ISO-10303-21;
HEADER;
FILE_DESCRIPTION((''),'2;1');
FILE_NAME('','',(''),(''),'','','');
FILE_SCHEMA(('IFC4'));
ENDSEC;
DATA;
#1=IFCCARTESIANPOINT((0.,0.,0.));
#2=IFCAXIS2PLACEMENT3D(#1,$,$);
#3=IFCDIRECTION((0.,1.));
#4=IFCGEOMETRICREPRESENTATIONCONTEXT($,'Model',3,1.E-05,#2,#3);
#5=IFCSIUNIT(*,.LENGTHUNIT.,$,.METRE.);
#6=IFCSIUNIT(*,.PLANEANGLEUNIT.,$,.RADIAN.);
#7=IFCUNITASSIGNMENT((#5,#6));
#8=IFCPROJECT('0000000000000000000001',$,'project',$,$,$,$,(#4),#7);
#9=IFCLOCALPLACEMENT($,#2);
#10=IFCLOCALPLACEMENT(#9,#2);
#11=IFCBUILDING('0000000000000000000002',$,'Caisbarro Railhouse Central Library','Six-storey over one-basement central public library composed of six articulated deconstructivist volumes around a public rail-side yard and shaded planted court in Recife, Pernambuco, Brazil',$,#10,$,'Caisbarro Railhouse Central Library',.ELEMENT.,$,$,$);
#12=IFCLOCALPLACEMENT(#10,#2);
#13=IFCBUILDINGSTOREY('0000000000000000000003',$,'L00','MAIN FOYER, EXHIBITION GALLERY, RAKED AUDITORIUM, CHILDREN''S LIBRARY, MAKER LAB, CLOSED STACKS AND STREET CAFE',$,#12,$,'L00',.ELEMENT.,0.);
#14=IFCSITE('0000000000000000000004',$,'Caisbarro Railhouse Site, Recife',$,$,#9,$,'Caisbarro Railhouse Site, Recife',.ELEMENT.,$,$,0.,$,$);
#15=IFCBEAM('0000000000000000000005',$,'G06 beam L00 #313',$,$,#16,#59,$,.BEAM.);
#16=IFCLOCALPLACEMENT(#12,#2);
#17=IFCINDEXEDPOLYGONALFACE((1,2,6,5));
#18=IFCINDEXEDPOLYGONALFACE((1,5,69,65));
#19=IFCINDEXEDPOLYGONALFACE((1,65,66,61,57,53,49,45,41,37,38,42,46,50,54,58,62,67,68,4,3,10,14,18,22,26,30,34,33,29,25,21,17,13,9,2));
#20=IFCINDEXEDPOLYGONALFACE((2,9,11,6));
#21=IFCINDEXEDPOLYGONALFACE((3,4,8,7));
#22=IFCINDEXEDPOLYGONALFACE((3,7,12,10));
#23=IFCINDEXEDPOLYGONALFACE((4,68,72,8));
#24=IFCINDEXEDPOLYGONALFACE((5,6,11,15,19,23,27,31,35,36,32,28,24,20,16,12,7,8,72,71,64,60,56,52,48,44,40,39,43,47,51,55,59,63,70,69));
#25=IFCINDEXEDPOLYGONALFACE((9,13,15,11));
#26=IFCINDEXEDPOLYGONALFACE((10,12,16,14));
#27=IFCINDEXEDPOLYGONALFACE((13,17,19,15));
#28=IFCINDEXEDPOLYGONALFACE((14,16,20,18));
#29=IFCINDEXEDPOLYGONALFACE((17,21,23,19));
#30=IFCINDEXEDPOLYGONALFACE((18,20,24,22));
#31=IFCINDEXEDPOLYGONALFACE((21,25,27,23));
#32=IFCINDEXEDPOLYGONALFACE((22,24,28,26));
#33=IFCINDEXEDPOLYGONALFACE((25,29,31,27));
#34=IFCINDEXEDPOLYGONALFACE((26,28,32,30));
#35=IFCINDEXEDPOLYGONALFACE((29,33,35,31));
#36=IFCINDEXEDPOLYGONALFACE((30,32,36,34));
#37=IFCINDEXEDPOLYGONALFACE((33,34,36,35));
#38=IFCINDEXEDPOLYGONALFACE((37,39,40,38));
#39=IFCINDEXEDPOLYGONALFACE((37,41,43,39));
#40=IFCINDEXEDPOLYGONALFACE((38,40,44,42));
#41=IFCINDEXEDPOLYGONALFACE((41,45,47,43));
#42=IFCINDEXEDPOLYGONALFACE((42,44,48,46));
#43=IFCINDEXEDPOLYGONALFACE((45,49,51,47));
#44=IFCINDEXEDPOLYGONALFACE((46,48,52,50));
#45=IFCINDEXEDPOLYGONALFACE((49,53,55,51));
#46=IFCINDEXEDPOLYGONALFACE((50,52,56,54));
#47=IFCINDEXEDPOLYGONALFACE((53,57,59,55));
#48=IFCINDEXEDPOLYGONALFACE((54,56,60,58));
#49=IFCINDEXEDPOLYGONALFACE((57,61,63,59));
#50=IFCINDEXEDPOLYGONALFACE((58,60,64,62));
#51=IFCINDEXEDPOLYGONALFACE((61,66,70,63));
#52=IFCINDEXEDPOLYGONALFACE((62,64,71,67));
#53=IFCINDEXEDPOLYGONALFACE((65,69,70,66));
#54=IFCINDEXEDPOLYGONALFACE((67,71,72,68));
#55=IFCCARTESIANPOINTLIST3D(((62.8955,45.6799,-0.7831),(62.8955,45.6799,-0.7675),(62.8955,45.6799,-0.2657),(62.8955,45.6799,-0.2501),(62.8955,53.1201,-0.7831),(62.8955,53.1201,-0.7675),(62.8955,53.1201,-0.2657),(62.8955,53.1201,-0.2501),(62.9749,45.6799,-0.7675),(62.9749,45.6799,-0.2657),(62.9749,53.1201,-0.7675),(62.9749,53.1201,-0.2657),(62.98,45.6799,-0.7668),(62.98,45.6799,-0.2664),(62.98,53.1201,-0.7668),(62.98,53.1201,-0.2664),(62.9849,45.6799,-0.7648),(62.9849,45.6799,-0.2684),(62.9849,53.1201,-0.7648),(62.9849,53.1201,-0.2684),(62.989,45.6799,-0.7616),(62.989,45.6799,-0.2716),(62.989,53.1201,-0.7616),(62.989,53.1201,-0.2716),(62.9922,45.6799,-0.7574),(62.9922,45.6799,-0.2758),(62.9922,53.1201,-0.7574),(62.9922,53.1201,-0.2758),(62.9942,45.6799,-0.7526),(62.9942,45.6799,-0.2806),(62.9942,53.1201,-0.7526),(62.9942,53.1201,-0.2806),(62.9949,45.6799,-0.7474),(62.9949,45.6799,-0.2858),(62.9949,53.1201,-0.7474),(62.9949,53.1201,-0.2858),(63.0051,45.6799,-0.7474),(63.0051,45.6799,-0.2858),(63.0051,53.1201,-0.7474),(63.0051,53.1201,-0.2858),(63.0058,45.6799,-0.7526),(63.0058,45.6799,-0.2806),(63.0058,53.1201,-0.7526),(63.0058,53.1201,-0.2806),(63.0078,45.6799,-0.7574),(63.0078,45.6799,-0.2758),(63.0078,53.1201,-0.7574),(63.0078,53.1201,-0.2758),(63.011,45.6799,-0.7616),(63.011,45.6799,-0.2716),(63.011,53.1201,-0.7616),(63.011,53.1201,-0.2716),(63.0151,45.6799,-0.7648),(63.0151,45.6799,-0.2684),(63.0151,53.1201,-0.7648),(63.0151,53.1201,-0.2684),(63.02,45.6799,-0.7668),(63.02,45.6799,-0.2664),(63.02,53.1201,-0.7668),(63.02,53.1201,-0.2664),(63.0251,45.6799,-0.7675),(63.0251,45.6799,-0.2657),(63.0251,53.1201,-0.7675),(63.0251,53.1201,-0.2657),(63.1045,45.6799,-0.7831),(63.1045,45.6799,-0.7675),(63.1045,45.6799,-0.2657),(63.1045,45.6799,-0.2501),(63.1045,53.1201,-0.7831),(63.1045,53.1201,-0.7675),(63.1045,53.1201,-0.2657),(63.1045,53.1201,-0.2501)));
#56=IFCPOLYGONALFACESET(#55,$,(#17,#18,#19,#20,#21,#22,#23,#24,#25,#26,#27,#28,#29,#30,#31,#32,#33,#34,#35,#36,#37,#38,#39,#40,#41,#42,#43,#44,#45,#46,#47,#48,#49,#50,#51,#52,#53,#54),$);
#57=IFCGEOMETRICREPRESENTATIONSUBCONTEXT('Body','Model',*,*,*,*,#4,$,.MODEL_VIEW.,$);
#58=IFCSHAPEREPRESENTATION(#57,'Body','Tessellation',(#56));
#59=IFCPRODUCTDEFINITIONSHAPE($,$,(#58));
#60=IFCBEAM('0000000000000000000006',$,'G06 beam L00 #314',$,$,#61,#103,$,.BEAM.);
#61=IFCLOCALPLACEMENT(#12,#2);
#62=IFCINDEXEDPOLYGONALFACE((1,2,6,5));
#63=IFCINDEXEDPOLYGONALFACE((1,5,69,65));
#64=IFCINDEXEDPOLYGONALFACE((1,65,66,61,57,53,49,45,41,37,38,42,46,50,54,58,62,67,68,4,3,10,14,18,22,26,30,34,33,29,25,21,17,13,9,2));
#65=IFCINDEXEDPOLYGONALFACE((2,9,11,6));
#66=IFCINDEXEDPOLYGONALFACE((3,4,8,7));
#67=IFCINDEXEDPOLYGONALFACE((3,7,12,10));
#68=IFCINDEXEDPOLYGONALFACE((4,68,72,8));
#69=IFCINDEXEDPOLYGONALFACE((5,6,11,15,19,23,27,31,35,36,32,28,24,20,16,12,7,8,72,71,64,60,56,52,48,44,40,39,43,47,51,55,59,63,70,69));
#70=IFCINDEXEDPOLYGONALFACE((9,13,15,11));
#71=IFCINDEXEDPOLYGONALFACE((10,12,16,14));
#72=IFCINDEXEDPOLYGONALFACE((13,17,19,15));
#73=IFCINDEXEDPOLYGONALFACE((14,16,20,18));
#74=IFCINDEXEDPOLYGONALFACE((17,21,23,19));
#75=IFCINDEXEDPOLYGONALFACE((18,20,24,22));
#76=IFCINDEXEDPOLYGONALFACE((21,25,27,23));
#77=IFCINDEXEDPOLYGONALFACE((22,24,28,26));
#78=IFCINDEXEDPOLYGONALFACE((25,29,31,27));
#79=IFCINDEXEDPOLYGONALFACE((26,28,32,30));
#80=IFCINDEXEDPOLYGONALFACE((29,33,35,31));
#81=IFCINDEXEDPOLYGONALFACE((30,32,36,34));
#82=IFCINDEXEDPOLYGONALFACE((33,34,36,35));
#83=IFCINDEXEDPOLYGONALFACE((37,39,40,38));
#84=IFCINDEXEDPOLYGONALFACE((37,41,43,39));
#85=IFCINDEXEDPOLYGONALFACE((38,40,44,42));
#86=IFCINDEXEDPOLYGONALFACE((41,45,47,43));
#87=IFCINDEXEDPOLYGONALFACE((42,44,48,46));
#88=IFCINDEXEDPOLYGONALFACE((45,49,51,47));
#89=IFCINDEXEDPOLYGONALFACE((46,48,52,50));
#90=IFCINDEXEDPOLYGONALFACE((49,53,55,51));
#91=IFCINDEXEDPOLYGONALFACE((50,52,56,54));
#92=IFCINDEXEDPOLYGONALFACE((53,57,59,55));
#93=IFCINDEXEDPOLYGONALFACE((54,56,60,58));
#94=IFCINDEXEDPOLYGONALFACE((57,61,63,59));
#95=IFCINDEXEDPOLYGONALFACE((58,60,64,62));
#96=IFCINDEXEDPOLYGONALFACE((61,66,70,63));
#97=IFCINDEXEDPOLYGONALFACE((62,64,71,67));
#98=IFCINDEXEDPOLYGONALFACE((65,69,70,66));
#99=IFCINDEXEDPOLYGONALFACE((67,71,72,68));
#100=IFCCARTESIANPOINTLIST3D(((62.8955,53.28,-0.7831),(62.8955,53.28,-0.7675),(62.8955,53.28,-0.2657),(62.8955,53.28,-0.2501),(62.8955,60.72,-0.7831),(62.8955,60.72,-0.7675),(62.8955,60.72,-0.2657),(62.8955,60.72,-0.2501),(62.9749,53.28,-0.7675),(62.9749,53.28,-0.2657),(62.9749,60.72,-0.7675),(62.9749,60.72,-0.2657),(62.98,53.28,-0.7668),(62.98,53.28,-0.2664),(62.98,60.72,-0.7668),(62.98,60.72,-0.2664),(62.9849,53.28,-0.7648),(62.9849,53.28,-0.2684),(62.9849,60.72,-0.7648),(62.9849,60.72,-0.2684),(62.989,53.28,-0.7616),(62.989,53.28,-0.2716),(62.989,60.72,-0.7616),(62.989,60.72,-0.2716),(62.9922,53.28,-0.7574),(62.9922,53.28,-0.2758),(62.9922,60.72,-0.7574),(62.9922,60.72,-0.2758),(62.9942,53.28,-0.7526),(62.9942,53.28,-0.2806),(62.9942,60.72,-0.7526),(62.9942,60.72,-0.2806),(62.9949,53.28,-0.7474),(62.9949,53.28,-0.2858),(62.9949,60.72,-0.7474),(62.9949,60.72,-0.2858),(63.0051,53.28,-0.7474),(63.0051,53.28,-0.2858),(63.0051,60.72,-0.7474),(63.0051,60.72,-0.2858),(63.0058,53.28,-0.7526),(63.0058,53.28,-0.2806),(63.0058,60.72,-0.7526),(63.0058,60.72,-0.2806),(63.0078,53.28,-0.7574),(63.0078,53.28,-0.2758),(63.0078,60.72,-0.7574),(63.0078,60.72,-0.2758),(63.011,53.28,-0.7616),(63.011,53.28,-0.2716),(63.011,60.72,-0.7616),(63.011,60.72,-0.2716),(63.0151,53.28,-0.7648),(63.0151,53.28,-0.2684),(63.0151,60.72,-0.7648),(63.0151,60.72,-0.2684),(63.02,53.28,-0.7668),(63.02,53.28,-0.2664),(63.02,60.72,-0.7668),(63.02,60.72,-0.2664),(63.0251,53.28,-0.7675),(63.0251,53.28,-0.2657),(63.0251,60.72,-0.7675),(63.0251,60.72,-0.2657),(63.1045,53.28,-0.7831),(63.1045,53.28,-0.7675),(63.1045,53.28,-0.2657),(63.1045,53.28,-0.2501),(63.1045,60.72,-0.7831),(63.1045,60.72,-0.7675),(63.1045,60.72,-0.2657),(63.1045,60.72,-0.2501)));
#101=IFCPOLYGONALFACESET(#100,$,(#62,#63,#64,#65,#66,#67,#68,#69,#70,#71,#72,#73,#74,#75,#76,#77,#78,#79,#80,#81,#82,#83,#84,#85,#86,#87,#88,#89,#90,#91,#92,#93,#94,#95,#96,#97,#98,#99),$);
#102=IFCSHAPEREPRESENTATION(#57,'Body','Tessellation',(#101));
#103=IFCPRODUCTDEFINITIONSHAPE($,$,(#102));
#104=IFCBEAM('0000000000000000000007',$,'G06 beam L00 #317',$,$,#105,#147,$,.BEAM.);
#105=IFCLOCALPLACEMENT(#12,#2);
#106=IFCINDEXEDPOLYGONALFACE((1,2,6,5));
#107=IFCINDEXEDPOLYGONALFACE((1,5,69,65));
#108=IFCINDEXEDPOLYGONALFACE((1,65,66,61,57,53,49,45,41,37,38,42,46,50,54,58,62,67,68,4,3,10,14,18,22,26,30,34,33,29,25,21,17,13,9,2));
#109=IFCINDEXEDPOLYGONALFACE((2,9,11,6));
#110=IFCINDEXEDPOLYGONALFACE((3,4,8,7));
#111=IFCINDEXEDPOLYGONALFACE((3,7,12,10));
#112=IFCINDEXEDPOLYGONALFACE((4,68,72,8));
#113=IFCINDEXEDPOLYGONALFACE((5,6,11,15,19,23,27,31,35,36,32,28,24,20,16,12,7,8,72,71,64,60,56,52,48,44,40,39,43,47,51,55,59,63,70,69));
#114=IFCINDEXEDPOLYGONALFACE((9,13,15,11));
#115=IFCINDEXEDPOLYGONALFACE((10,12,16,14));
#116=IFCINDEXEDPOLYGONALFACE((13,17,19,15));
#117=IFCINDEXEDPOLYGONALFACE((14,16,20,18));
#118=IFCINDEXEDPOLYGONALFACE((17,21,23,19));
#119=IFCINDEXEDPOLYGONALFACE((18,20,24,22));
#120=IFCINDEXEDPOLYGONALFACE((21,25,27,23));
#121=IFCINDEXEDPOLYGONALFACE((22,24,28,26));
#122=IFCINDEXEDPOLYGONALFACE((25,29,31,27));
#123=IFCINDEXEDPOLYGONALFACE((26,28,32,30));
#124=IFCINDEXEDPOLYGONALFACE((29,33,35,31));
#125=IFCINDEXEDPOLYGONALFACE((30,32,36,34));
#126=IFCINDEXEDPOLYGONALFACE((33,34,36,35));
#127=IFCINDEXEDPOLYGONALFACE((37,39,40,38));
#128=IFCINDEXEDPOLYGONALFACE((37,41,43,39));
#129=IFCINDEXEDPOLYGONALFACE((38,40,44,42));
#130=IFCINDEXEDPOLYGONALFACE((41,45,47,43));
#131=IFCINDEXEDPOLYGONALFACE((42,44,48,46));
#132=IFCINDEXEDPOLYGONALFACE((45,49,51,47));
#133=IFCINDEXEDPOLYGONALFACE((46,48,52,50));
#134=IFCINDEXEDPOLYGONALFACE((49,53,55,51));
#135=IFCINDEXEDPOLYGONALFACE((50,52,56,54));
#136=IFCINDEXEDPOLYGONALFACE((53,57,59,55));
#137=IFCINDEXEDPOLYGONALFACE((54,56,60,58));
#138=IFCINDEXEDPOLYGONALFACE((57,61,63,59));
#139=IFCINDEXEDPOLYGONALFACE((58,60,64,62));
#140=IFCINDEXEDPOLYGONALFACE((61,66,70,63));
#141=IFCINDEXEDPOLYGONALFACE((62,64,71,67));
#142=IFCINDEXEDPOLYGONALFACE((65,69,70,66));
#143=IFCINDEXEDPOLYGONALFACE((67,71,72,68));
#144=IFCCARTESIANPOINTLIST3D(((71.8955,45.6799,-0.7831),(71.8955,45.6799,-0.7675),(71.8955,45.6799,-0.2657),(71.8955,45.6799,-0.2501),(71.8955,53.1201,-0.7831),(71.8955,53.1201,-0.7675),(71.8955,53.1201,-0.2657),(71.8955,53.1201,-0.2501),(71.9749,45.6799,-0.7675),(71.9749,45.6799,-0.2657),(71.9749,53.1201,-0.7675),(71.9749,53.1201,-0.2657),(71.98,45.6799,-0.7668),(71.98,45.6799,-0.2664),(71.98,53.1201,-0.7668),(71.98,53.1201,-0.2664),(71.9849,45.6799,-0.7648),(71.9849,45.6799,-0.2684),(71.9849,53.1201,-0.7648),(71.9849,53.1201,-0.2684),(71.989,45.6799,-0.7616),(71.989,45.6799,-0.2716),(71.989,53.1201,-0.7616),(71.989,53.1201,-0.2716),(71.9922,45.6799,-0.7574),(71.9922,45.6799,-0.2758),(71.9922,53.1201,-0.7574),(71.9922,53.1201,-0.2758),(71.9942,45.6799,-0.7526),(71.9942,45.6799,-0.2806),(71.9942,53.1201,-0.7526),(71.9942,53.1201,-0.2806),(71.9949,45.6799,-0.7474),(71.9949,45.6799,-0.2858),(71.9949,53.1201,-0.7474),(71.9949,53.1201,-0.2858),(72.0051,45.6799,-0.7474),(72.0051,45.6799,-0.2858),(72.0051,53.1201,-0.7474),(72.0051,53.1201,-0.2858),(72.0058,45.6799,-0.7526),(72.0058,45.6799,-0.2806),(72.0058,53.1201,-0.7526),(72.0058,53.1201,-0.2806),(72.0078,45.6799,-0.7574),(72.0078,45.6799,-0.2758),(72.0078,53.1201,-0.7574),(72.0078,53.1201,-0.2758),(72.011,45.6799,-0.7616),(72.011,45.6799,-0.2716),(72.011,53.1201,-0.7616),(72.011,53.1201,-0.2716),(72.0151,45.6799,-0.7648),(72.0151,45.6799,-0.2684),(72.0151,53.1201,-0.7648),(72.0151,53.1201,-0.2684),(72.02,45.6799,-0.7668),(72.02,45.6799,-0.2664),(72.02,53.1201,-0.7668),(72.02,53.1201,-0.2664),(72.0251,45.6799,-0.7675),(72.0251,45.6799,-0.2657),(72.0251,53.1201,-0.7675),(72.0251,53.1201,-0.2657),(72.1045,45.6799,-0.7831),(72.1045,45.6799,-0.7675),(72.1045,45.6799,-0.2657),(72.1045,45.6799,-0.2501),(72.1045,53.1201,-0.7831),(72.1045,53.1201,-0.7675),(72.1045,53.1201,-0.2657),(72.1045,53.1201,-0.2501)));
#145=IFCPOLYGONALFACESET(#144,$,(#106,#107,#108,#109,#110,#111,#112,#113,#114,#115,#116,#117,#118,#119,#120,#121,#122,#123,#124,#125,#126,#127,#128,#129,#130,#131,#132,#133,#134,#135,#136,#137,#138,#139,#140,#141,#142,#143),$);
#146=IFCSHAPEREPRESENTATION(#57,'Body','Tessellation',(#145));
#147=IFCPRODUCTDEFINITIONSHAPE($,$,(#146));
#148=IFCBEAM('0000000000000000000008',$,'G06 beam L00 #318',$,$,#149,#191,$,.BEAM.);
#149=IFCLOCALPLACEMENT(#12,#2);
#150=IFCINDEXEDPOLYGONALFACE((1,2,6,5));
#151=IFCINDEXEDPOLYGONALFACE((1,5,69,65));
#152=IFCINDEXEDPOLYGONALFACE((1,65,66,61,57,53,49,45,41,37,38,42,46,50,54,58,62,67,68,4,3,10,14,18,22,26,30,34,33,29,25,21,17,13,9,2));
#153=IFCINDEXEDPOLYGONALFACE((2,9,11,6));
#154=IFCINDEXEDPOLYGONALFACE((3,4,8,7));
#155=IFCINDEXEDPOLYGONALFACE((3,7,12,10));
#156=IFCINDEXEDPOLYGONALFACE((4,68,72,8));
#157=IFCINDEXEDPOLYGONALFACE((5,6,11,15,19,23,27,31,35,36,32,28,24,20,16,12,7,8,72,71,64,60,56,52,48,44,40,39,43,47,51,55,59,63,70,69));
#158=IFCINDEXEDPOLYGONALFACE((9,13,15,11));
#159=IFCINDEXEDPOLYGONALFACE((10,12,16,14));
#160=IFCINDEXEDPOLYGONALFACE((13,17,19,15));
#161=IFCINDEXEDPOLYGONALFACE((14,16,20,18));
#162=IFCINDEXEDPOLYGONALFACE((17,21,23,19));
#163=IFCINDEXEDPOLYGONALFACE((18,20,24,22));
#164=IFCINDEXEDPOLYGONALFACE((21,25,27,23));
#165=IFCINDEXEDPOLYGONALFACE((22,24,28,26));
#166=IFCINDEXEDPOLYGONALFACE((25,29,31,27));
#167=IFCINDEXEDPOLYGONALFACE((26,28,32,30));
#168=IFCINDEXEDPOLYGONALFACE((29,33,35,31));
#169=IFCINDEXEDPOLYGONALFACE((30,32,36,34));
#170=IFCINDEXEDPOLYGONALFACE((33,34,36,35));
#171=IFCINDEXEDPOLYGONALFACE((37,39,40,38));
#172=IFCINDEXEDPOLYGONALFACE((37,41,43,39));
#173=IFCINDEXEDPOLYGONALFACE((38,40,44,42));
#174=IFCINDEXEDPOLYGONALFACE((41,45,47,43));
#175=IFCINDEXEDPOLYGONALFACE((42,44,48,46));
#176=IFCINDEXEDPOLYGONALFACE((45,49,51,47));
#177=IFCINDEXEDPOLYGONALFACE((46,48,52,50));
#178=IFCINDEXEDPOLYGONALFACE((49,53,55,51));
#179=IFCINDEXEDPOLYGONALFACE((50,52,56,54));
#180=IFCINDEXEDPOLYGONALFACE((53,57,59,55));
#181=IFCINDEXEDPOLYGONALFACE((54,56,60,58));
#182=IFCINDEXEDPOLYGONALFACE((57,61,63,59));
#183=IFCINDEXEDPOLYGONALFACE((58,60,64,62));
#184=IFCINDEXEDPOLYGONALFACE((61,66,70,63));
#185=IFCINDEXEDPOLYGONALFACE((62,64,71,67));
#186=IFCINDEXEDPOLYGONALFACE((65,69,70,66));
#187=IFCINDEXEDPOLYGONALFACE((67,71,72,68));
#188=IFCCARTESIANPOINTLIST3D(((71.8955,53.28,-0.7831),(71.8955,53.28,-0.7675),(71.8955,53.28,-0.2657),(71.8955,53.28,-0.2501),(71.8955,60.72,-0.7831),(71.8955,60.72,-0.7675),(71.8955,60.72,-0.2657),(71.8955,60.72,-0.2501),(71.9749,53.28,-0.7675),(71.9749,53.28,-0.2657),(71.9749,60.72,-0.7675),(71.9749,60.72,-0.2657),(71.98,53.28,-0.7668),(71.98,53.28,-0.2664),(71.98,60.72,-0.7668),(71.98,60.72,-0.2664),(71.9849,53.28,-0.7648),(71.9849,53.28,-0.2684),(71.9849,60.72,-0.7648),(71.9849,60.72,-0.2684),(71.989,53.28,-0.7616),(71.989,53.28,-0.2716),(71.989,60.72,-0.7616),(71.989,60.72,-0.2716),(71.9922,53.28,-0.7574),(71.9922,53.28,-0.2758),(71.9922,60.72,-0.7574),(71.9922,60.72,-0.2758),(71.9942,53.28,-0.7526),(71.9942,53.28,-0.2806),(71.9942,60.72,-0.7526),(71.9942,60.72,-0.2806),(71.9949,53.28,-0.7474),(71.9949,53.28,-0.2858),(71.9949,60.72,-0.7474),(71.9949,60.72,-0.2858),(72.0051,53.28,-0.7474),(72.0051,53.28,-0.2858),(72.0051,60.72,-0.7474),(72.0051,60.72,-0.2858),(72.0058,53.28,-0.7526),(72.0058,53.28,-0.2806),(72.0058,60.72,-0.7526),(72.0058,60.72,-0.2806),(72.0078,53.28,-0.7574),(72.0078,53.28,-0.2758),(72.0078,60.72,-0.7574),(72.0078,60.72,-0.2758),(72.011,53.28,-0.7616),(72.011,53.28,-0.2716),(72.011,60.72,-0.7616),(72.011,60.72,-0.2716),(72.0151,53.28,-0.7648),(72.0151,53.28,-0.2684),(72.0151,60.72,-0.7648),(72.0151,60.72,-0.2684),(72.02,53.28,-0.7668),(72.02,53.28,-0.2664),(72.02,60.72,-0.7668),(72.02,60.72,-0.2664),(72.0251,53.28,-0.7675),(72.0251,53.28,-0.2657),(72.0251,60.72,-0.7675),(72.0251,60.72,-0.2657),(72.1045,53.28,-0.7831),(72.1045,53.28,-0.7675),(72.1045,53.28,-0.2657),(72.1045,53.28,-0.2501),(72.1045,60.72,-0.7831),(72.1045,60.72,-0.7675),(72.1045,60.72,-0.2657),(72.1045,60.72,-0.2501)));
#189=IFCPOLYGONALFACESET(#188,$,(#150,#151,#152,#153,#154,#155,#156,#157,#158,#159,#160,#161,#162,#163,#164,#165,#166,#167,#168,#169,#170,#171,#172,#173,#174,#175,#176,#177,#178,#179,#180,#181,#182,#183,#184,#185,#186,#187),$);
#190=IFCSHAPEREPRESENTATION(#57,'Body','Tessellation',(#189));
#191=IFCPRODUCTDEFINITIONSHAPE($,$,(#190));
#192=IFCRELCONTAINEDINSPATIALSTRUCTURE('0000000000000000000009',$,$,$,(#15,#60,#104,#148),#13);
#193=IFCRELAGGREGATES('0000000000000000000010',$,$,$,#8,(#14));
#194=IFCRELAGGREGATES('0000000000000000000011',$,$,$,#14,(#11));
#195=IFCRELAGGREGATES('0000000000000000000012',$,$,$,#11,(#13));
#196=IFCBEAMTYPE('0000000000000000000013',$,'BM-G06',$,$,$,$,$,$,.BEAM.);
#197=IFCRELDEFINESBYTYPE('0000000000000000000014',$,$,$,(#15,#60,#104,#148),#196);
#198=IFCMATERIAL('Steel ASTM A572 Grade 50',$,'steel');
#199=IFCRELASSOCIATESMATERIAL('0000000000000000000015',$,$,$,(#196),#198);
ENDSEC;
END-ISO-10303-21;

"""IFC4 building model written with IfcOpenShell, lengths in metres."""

from ifc_helpers import new_model, si_unit, direction, frame, origin, origin_2d, place, context, subcontext, project, spatial, i_section, extrude, material, material_profile, profile_set, type_object, element, save


model = new_model("IFC4")

# Units and contexts
model_context = context("Model", 3, precision=1e-05, world=origin(), true_north=direction((0.0, 1.0)))
body_context = subcontext(model_context, "Body", "Model", "MODEL_VIEW")
ifc_project = project(units=[si_unit("LENGTHUNIT", "METRE"), si_unit("PLANEANGLEUNIT", "RADIAN")], contexts=[model_context])

# Site, building, storey
site_placement = place(None, origin())
site = spatial("IfcSite", under=ifc_project, at=site_placement, Name="Caisbarro Railhouse Site, Recife", LongName="Caisbarro Railhouse Site, Recife", CompositionType="ELEMENT", RefElevation=0.0)
building_placement = place(site_placement, origin())
building = spatial("IfcBuilding", under=site, at=building_placement, Name="Caisbarro Railhouse Central Library", Description="Six-storey over one-basement central public library composed of six articulated deconstructivist volumes around a public rail-side yard and shaded planted court in Recife, Pernambuco, Brazil", LongName="Caisbarro Railhouse Central Library", CompositionType="ELEMENT")
storey_placement = place(building_placement, origin())
storey = spatial("IfcBuildingStorey", under=building, at=storey_placement, Name="L00", Description="MAIN FOYER, EXHIBITION GALLERY, RAKED AUDITORIUM, CHILDREN'S LIBRARY, MAKER LAB, CLOSED STACKS AND STREET CAFE", LongName="L00", CompositionType="ELEMENT", Elevation=0.0)

# Shared definitions
ifc_material_1 = material(Name="Steel ASTM A572 Grade 50", Category="steel")

# Beams
ifc_material_profile_1 = material_profile(ifc_material_1, i_section(OverallWidth=0.209, OverallDepth=0.533, WebThickness=0.0103, FlangeThickness=0.0156, FilletRadius=0.02, at=origin_2d()), Name="W530X92.0")
ifc_profile_set_1 = profile_set([ifc_material_profile_1], Name="Steel ASTM A572 Grade 50")
beam_type_1 = type_object("IfcBeamType", Name="BM-G06", PredefinedType="BEAM", material=ifc_profile_set_1)
beam_1_placement = place(storey_placement, frame((63.0, 45.6799, -0.5166), z_axis=(0.0, 1.0, 0.0), x_axis=(-1.0, 0.0, 0.0)))
element("IfcBeam", 1, at=beam_1_placement, inside=storey, type_object=beam_type_1, Name="G06 beam L00 #313", PredefinedType="BEAM", context=body_context, shape_type="SweptSolid", body=[
    extrude(i_section(OverallWidth=0.209, OverallDepth=0.533, WebThickness=0.0103, FlangeThickness=0.0156, FilletRadius=0.02, at=origin_2d()), origin(), (0.0, 0.0, 1.0), 7.4402),
])
beam_2_placement = place(storey_placement, frame((63.0, 53.28, -0.5166), z_axis=(0.0, 1.0, 0.0), x_axis=(-1.0, 0.0, 0.0)))
element("IfcBeam", 2, at=beam_2_placement, inside=storey, type_object=beam_type_1, Name="G06 beam L00 #314", PredefinedType="BEAM", context=body_context, shape_type="SweptSolid", body=[
    extrude(i_section(OverallWidth=0.209, OverallDepth=0.533, WebThickness=0.0103, FlangeThickness=0.0156, FilletRadius=0.02, at=origin_2d()), origin(), (0.0, 0.0, 1.0), 7.4399),
])
beam_3_placement = place(storey_placement, frame((72.0, 45.6799, -0.5166), z_axis=(0.0, 1.0, 0.0), x_axis=(-1.0, 0.0, 0.0)))
element("IfcBeam", 3, at=beam_3_placement, inside=storey, type_object=beam_type_1, Name="G06 beam L00 #317", PredefinedType="BEAM", context=body_context, shape_type="SweptSolid", body=[
    extrude(i_section(OverallWidth=0.209, OverallDepth=0.533, WebThickness=0.0103, FlangeThickness=0.0156, FilletRadius=0.02, at=origin_2d()), origin(), (0.0, 0.0, 1.0), 7.4402),
])
beam_4_placement = place(storey_placement, frame((72.0, 53.28, -0.5166), z_axis=(0.0, 1.0, 0.0), x_axis=(-1.0, 0.0, 0.0)))
element("IfcBeam", 4, at=beam_4_placement, inside=storey, type_object=beam_type_1, Name="G06 beam L00 #318", PredefinedType="BEAM", context=body_context, shape_type="SweptSolid", body=[
    extrude(i_section(OverallWidth=0.209, OverallDepth=0.533, WebThickness=0.0103, FlangeThickness=0.0156, FilletRadius=0.02, at=origin_2d()), origin(), (0.0, 0.0, 1.0), 7.4399),
])

save(model, "model.ifc")
